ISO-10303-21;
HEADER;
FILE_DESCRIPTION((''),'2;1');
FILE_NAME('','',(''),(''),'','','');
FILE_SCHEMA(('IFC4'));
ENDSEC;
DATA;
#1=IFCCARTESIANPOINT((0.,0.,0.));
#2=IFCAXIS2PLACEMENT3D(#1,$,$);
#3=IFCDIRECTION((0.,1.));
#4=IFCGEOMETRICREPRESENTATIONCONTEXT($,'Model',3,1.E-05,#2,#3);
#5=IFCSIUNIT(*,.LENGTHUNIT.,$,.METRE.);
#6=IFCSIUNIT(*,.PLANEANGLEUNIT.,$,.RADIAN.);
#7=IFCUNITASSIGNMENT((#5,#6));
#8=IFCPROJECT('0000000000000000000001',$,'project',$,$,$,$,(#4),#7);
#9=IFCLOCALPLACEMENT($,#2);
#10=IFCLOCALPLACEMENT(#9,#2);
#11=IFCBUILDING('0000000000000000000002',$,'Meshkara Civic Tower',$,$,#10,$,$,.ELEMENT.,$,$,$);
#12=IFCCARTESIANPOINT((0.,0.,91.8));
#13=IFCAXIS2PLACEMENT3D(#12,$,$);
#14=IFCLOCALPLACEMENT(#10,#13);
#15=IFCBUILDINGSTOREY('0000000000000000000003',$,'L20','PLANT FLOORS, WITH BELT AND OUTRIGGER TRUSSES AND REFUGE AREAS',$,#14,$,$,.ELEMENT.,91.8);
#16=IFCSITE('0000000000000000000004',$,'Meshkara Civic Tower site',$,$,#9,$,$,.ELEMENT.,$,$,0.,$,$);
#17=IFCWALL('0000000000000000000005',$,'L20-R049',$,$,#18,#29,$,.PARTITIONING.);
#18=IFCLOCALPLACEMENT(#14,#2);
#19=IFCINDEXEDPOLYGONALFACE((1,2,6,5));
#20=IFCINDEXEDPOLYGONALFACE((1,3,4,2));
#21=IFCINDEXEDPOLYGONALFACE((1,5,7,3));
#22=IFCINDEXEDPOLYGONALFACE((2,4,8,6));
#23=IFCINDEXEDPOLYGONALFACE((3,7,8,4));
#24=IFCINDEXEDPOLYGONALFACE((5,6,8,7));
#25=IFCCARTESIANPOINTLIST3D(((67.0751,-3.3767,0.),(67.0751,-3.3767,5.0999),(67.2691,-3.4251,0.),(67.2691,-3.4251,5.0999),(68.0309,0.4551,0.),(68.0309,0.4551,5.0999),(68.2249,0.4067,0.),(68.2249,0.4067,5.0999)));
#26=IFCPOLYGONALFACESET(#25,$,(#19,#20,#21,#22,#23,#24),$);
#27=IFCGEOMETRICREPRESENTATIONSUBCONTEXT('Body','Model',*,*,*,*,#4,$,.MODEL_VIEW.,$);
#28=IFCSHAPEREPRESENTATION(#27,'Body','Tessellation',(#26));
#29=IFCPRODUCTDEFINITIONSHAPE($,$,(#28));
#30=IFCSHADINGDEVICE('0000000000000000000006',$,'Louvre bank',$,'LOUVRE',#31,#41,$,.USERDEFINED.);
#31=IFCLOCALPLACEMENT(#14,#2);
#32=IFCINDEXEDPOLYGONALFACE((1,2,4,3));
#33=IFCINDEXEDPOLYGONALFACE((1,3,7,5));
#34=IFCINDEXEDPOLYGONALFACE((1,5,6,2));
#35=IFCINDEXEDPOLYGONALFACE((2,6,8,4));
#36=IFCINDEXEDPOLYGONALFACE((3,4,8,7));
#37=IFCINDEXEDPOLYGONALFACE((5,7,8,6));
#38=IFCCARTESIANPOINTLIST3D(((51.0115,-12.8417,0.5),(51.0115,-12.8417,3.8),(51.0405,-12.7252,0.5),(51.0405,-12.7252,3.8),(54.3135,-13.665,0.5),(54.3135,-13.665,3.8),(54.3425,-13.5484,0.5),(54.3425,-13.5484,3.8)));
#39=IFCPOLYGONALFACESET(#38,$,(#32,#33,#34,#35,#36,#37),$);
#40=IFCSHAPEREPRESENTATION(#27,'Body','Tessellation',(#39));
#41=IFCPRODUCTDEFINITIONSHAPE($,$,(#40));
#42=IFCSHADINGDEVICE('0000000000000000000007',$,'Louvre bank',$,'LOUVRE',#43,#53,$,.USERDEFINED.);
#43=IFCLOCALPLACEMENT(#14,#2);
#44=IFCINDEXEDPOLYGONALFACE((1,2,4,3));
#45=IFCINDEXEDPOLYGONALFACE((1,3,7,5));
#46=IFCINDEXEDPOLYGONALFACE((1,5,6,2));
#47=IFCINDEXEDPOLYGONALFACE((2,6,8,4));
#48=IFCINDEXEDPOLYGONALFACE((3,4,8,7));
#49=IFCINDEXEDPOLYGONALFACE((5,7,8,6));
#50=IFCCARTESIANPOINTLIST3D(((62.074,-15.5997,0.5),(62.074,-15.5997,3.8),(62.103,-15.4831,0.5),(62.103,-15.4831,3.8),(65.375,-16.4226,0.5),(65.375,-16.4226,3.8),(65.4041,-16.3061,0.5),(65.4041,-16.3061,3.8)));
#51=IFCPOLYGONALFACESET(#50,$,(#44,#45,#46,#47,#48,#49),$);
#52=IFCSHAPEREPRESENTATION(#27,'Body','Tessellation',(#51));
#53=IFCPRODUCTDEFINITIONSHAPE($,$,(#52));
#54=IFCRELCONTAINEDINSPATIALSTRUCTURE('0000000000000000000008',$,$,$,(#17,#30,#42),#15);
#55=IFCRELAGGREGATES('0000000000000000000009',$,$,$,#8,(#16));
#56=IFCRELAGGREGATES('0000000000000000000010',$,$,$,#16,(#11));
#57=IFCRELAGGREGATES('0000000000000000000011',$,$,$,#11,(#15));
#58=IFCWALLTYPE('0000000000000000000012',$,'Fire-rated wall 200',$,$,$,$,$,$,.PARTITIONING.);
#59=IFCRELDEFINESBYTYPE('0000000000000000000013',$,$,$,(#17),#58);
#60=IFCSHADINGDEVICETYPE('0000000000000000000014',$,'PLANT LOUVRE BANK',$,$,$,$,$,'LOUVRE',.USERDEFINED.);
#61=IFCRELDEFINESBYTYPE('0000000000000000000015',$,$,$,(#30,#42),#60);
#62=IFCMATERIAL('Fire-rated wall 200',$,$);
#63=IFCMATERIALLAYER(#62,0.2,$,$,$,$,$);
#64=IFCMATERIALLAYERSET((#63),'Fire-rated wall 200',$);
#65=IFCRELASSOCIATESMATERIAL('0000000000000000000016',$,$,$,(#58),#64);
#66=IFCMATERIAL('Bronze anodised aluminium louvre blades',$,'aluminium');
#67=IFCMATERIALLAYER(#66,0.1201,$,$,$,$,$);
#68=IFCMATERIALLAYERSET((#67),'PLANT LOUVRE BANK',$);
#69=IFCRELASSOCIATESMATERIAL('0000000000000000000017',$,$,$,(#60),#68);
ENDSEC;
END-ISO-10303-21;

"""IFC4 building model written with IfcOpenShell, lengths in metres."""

from ifc_helpers import new_model, si_unit, direction, frame, frame_2d, origin, origin_2d, place, context, subcontext, project, spatial, rectangle, extrude, material, layer, layer_set, type_object, element, save


model = new_model("IFC4")

# Units and contexts
model_context = context("Model", 3, precision=1e-05, world=origin(), true_north=direction((0.0, 1.0)))
body_context = subcontext(model_context, "Body", "Model", "MODEL_VIEW")
ifc_project = project(units=[si_unit("LENGTHUNIT", "METRE"), si_unit("PLANEANGLEUNIT", "RADIAN")], contexts=[model_context])

# Site, building, storey
site_placement = place(None, origin())
site = spatial("IfcSite", under=ifc_project, at=site_placement, Name="Meshkara Civic Tower site", CompositionType="ELEMENT", RefElevation=0.0)
building_placement = place(site_placement, origin())
building = spatial("IfcBuilding", under=site, at=building_placement, Name="Meshkara Civic Tower", CompositionType="ELEMENT")
storey_placement = place(building_placement, frame((0.0, 0.0, 91.8)))
storey = spatial("IfcBuildingStorey", under=building, at=storey_placement, Name="L20", Description="PLANT FLOORS, WITH BELT AND OUTRIGGER TRUSSES AND REFUGE AREAS", CompositionType="ELEMENT", Elevation=91.8)

# Wall
ifc_material_1 = material(Name="Fire-rated wall 200")
ifc_layer_1 = layer(ifc_material_1, 0.2)
ifc_layer_set_1 = layer_set([ifc_layer_1], Name="Fire-rated wall 200")
wall_type_1 = type_object("IfcWallType", Name="Fire-rated wall 200", PredefinedType="PARTITIONING", material=ifc_layer_set_1)
wall_1_placement = place(storey_placement, frame((67.1721, -3.4009, 0.0), z_axis=(0.0, 0.0, 1.0), x_axis=(0.242026, 0.97027, 0.0)))
element("IfcWall", 1, at=wall_1_placement, inside=storey, type_object=wall_type_1, Name="L20-R049", PredefinedType="PARTITIONING", context=body_context, shape_type="SweptSolid", body=[
    extrude(rectangle(XDim=3.9492, YDim=0.2, at=frame_2d((1.9746, 0.0))), origin(), (0.0, 0.0, 1.0), 5.0999),
])

# Shading devices
ifc_material_2 = material(Name="Bronze anodised aluminium louvre blades", Category="aluminium")
ifc_layer_2 = layer(ifc_material_2, 0.1201)
ifc_layer_set_2 = layer_set([ifc_layer_2], Name="PLANT LOUVRE BANK")
shading_device_type = type_object("IfcShadingDeviceType", Name="PLANT LOUVRE BANK", ElementType="LOUVRE", PredefinedType="USERDEFINED", material=ifc_layer_set_2)
shading_device_1_placement = place(storey_placement, frame((52.677, -13.1951, 0.5), z_axis=(0.0, 0.0, 1.0), x_axis=(0.9703, -0.241905, 0.0)))
element("IfcShadingDevice", 2, at=shading_device_1_placement, inside=storey, type_object=shading_device_type, Name="Louvre bank", ObjectType="LOUVRE", PredefinedType="USERDEFINED", context=body_context, shape_type="SweptSolid", body=[
    extrude(rectangle(XDim=3.4031, YDim=0.1201, at=origin_2d()), origin(), (0.0, 0.0, 1.0), 3.3),
])
shading_device_2_placement = place(storey_placement, frame((63.739, -15.9529, 0.5), z_axis=(0.0, 0.0, 1.0), x_axis=(0.9703, -0.241905, 0.0)))
element("IfcShadingDevice", 3, at=shading_device_2_placement, inside=storey, type_object=shading_device_type, Name="Louvre bank", ObjectType="LOUVRE", PredefinedType="USERDEFINED", context=body_context, shape_type="SweptSolid", body=[
    extrude(rectangle(XDim=3.4021, YDim=0.1201, at=origin_2d()), origin(), (0.0, 0.0, 1.0), 3.3),
])

save(model, "model.ifc")
